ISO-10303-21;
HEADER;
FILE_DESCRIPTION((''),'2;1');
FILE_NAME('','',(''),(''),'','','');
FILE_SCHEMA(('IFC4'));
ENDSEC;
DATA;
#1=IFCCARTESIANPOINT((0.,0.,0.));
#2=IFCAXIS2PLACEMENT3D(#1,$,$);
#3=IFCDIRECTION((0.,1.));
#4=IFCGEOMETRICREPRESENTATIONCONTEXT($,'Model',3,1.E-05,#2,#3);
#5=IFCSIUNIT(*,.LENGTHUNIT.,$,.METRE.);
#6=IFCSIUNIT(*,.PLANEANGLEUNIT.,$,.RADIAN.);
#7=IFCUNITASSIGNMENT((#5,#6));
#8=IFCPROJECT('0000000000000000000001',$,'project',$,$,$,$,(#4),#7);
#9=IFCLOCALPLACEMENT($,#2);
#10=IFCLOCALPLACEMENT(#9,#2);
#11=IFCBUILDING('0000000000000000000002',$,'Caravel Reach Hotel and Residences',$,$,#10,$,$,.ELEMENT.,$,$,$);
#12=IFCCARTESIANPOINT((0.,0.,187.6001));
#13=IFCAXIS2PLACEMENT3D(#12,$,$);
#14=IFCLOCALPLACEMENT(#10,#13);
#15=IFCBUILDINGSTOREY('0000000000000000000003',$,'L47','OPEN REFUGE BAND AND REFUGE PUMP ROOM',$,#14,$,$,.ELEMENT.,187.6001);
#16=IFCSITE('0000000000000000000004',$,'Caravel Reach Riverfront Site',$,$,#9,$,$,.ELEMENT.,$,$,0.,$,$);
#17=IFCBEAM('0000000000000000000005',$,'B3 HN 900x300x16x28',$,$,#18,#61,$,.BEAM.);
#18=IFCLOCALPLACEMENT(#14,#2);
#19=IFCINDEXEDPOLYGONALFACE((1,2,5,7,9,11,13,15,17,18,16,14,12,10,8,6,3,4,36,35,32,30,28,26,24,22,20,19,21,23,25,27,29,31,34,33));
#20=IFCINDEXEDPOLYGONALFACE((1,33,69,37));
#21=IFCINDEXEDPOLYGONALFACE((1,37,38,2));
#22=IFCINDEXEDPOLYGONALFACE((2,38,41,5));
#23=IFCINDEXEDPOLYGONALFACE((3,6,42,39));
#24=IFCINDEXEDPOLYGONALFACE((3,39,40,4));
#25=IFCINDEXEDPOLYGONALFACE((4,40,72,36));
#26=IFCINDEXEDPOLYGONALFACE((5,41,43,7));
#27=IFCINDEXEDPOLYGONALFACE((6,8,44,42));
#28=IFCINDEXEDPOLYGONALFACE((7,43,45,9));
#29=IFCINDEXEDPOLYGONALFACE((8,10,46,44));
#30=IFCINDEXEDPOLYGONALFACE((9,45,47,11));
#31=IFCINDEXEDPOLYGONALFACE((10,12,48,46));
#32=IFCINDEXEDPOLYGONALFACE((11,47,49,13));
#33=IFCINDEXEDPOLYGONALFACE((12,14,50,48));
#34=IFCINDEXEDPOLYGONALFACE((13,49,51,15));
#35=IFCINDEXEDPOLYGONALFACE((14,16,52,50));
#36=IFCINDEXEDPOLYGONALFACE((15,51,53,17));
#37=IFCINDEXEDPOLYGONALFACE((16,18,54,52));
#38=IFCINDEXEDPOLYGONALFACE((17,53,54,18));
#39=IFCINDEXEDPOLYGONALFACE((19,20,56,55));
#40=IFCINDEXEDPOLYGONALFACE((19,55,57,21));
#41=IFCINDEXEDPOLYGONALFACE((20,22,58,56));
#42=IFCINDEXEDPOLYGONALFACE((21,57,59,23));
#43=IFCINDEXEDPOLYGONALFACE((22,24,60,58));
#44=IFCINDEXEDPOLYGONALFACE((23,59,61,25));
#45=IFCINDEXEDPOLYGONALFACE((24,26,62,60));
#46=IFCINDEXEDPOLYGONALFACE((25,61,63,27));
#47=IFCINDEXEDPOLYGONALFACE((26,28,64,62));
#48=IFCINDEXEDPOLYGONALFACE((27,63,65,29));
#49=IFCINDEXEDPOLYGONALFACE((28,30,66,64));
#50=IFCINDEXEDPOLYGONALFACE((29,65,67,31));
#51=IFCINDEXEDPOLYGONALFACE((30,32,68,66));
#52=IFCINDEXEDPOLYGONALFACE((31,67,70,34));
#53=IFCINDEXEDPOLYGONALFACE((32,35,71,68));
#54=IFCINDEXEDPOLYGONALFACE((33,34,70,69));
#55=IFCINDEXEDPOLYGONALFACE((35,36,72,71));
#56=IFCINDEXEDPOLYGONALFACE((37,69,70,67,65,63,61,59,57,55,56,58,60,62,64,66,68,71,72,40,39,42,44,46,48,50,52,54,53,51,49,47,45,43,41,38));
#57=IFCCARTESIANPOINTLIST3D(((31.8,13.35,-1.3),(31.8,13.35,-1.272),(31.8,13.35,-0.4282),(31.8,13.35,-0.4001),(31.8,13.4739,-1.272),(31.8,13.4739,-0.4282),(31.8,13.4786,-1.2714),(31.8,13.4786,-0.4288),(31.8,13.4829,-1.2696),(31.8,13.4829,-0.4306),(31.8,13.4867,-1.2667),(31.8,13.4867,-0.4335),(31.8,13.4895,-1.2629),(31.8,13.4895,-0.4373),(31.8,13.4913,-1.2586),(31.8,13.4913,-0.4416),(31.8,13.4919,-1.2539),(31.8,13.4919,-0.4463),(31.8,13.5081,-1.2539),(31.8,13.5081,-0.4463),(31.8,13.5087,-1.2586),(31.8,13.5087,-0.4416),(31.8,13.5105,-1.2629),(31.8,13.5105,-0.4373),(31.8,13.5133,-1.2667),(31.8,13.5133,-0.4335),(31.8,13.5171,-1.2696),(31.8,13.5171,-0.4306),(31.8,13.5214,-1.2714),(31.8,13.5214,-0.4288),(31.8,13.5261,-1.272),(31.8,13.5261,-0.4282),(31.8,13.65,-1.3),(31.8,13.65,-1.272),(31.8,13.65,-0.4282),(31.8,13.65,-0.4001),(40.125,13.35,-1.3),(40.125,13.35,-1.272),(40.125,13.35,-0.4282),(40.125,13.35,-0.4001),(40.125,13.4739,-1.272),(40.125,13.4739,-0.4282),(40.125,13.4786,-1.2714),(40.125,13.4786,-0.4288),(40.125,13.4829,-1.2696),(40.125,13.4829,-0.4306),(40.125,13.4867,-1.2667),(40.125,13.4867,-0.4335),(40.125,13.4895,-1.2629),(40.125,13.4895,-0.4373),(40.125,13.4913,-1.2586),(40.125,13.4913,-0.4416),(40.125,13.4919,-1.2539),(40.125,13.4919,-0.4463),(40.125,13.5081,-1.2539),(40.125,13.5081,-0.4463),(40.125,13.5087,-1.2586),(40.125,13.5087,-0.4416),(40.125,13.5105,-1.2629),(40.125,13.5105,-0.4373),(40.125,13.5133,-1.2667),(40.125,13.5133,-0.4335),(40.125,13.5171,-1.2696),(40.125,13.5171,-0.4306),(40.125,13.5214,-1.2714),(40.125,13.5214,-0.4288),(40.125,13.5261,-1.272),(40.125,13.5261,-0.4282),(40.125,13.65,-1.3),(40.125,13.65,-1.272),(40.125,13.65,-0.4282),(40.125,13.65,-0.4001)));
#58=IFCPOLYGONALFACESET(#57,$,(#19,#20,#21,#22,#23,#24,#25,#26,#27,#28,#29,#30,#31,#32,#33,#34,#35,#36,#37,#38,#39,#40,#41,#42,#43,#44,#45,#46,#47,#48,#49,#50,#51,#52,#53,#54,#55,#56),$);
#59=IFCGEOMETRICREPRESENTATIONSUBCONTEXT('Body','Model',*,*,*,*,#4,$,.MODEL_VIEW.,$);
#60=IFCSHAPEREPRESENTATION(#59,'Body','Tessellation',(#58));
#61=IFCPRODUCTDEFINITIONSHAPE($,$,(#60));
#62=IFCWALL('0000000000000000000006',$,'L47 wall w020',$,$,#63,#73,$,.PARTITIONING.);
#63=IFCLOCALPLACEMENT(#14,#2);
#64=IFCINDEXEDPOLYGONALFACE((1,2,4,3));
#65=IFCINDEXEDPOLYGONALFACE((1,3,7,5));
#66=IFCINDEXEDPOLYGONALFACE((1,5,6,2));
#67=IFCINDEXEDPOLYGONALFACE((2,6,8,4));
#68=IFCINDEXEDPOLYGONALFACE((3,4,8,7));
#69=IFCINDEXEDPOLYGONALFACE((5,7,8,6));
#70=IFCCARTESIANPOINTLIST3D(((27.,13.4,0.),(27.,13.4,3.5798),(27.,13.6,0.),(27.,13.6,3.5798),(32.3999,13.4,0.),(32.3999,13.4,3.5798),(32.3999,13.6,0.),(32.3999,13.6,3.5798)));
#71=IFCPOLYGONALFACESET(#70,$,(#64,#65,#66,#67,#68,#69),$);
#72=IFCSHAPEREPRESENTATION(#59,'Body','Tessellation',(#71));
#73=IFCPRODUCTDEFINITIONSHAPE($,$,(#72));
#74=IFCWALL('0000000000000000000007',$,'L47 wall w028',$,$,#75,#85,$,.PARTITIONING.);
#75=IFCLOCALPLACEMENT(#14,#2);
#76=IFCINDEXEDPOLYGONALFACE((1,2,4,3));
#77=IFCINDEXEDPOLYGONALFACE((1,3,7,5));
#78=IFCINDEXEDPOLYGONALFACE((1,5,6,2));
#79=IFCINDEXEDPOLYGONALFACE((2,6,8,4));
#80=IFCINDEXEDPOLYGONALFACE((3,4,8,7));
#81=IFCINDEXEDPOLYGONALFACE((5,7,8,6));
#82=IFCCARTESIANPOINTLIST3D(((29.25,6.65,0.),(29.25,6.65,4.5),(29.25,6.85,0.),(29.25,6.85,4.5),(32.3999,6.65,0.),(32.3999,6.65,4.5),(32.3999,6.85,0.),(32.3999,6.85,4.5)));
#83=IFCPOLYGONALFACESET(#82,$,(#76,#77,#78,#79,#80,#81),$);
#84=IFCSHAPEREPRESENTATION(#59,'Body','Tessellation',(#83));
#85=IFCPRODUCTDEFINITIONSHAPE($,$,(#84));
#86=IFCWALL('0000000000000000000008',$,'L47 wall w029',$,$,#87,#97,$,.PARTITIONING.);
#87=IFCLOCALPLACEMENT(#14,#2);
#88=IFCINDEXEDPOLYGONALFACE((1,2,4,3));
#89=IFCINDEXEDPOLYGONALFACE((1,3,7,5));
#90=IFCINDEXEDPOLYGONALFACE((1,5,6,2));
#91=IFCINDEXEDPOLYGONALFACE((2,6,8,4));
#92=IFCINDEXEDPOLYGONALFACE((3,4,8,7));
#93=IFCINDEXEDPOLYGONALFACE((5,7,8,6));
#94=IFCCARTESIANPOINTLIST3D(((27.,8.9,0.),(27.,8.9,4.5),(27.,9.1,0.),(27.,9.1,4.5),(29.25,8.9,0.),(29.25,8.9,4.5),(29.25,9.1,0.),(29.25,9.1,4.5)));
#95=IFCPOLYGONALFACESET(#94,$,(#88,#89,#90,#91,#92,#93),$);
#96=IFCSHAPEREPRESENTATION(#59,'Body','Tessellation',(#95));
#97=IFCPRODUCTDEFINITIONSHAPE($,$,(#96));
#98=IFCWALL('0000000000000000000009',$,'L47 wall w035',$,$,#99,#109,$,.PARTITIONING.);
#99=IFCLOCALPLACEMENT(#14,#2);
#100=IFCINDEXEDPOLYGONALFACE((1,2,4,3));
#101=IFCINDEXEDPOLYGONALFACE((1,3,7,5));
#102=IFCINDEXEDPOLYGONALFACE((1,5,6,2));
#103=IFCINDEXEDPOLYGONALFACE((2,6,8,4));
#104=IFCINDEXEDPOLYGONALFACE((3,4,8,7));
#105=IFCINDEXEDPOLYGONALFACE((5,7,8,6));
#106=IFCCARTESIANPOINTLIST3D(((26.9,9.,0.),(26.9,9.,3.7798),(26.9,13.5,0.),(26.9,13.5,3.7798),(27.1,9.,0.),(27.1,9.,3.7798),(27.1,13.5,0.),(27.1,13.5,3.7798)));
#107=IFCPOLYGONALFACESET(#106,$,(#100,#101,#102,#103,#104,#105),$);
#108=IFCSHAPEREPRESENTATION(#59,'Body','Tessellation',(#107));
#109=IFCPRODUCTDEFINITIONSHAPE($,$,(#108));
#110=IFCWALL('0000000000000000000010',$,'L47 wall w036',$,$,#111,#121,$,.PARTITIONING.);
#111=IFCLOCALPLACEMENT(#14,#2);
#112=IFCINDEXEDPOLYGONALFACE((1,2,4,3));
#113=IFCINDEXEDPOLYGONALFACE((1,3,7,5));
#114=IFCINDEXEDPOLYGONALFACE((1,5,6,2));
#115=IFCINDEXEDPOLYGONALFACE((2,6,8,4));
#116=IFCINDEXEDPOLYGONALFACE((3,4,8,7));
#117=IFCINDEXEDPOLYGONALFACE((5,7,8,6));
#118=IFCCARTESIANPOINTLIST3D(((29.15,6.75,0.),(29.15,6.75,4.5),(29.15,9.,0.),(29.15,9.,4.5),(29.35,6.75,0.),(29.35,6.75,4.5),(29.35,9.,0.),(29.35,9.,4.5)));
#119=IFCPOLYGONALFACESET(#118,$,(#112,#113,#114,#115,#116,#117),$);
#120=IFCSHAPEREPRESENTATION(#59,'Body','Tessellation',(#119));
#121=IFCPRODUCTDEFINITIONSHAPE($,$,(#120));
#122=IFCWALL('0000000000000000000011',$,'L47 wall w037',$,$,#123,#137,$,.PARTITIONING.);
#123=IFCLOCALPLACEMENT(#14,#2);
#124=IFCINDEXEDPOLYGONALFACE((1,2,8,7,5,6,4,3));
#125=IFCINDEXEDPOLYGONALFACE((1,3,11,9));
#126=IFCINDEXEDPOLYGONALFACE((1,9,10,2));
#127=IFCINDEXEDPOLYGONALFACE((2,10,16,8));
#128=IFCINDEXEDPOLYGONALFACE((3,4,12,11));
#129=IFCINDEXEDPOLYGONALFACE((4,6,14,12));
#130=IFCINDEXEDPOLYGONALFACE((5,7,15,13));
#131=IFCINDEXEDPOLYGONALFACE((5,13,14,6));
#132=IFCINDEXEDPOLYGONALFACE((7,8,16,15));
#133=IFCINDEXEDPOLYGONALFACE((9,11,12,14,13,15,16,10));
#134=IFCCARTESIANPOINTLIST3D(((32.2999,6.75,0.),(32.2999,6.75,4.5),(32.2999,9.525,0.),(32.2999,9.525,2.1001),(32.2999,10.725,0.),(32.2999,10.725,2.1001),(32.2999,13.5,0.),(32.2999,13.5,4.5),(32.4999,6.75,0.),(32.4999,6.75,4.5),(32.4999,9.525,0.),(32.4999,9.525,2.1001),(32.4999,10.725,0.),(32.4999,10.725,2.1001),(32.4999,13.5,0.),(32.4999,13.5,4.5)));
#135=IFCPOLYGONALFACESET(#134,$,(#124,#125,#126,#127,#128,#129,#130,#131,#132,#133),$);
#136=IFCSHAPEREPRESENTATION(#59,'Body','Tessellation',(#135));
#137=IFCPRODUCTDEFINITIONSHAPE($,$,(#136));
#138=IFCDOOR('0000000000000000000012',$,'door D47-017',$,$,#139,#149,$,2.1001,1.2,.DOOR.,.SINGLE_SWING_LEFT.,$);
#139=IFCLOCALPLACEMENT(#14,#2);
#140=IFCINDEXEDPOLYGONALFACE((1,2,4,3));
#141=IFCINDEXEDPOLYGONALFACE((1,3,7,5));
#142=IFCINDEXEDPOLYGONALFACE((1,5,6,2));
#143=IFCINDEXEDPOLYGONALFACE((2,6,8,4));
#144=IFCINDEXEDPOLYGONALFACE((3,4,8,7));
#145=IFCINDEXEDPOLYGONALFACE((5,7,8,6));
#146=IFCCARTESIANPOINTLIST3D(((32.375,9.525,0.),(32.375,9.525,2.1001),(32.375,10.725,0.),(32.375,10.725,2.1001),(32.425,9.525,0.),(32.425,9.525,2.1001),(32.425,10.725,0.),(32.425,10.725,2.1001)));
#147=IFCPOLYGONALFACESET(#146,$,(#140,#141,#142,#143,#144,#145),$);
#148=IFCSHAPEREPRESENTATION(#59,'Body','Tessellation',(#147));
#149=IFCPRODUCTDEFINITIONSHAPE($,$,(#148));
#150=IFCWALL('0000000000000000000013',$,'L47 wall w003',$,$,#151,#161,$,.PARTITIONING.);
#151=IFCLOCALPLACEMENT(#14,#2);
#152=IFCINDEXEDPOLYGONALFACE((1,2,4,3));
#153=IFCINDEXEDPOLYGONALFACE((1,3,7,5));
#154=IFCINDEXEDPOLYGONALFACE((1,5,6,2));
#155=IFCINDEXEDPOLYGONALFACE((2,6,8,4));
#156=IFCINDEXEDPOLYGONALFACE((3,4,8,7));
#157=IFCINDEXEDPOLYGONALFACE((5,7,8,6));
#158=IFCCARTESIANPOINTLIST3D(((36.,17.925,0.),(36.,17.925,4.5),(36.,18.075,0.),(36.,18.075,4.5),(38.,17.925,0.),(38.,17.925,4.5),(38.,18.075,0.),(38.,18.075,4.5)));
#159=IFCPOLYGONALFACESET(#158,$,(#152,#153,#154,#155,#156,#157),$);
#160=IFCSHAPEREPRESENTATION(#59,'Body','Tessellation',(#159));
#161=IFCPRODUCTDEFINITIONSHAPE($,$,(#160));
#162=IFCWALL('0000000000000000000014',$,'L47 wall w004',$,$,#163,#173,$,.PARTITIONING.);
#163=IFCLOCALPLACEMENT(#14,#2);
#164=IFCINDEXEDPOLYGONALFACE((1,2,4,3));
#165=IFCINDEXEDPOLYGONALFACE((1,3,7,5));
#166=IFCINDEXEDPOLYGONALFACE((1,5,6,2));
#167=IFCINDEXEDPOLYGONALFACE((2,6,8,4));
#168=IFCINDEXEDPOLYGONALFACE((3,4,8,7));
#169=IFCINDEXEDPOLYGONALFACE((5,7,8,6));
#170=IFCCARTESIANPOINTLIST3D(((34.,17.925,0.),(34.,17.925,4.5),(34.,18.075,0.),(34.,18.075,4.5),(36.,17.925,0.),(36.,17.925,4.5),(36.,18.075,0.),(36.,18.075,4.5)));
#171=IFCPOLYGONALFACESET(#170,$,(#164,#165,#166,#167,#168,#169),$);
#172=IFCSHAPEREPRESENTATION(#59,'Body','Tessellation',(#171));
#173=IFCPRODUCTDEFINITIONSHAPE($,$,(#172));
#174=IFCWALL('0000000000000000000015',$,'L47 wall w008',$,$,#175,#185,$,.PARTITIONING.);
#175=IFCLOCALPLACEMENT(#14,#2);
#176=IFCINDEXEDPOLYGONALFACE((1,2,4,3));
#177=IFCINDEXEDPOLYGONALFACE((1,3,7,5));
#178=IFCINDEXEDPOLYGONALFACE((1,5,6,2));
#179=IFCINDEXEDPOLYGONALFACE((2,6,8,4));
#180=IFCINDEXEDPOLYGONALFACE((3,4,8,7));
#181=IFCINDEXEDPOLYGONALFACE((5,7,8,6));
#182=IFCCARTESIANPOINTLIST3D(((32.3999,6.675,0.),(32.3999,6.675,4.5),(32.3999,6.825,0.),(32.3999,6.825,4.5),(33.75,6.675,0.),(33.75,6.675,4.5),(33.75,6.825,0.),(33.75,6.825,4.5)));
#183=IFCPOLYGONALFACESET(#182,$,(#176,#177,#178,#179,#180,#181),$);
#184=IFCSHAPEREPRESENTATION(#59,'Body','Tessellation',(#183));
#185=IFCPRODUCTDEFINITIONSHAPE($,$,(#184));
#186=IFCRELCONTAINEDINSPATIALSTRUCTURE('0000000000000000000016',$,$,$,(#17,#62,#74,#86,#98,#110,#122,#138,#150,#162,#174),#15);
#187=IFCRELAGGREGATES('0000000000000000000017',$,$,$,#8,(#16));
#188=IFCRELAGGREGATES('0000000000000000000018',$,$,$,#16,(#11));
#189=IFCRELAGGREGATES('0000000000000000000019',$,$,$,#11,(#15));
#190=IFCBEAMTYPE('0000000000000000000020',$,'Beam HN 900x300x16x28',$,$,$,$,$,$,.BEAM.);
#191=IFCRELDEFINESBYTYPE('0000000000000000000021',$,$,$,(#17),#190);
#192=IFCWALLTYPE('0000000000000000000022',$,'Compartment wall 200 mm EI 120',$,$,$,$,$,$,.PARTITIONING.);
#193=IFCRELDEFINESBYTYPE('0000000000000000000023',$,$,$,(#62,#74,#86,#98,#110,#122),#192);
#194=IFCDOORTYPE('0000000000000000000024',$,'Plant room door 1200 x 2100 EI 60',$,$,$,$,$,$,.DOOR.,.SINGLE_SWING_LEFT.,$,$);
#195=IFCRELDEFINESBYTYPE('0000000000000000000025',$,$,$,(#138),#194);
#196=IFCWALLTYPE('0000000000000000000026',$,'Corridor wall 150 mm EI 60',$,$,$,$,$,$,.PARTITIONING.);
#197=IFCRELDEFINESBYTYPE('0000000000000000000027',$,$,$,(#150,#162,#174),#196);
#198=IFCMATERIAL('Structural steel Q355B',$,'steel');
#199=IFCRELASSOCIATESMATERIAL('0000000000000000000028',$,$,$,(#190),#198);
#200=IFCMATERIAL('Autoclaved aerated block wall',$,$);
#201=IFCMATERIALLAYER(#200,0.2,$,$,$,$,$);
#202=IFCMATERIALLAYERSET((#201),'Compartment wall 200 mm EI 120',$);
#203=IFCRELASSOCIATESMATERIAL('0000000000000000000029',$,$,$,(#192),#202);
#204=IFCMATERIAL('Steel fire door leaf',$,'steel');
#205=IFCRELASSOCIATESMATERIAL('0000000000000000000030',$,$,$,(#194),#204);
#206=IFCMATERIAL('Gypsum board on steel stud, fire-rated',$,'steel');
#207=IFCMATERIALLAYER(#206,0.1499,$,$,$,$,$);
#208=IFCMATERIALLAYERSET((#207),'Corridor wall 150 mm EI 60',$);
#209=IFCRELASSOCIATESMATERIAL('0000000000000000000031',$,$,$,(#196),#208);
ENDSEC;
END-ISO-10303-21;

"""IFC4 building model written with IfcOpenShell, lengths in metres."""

from ifc_helpers import new_model, si_unit, direction, frame, frame_2d, origin, origin_2d, place, context, subcontext, project, spatial, rectangle, i_section, extrude, material, layer, layer_set, material_profile, profile_set, type_object, element, fill, save


model = new_model("IFC4")

# Units and contexts
model_context = context("Model", 3, precision=1e-05, world=origin(), true_north=direction((0.0, 1.0)))
body_context = subcontext(model_context, "Body", "Model", "MODEL_VIEW")
ifc_project = project(units=[si_unit("LENGTHUNIT", "METRE"), si_unit("PLANEANGLEUNIT", "RADIAN")], contexts=[model_context])

# Site, building, storey
site_placement = place(None, origin())
site = spatial("IfcSite", under=ifc_project, at=site_placement, Name="Caravel Reach Riverfront Site", CompositionType="ELEMENT", RefElevation=0.0)
building_placement = place(site_placement, origin())
building = spatial("IfcBuilding", under=site, at=building_placement, Name="Caravel Reach Hotel and Residences", CompositionType="ELEMENT")
storey_placement = place(building_placement, frame((0.0, 0.0, 187.6001)))
storey = spatial("IfcBuildingStorey", under=building, at=storey_placement, Name="L47", Description="OPEN REFUGE BAND AND REFUGE PUMP ROOM", CompositionType="ELEMENT", Elevation=187.6001)

# Beam
ifc_material_1 = material(Name="Structural steel Q355B", Category="steel")
ifc_material_profile_1 = material_profile(ifc_material_1, i_section(OverallWidth=0.3, OverallDepth=0.8999, WebThickness=0.0161, FlangeThickness=0.0281, FilletRadius=0.0181, at=origin_2d()), Name="HN 900x300x16x28")
ifc_profile_set_1 = profile_set([ifc_material_profile_1], Name="Structural steel Q355B")
beam_type_1 = type_object("IfcBeamType", Name="Beam HN 900x300x16x28", PredefinedType="BEAM", material=ifc_profile_set_1)
beam_1_placement = place(storey_placement, frame((31.8, 13.5, -0.8501), z_axis=(1.0, 0.0, 0.0), x_axis=(0.0, 1.0, 0.0)))
element("IfcBeam", 1, at=beam_1_placement, inside=storey, type_object=beam_type_1, Name="B3 HN 900x300x16x28", PredefinedType="BEAM", context=body_context, shape_type="SweptSolid", body=[
    extrude(i_section(OverallWidth=0.3, OverallDepth=0.8999, WebThickness=0.0161, FlangeThickness=0.0281, FilletRadius=0.0181, at=origin_2d()), origin(), (0.0, 0.0, 1.0), 8.325),
])

# Walls
ifc_material_2 = material(Name="Autoclaved aerated block wall")
ifc_layer_1 = layer(ifc_material_2, 0.2)
ifc_layer_set_1 = layer_set([ifc_layer_1], Name="Compartment wall 200 mm EI 120")
wall_type_1 = type_object("IfcWallType", Name="Compartment wall 200 mm EI 120", PredefinedType="PARTITIONING", material=ifc_layer_set_1)
wall_1_placement = place(storey_placement, frame((27.0, 13.5, 0.0), z_axis=(0.0, 0.0, 1.0), x_axis=(1.0, 0.0, 0.0)))
element("IfcWall", 2, at=wall_1_placement, inside=storey, type_object=wall_type_1, Name="L47 wall w020", PredefinedType="PARTITIONING", context=body_context, shape_type="SweptSolid", body=[
    extrude(rectangle(XDim=5.3999, YDim=0.2, at=frame_2d((2.7, 0.0))), origin(), (0.0, 0.0, 1.0), 3.5798),
])
wall_2_placement = place(storey_placement, frame((29.25, 6.75, 0.0), z_axis=(0.0, 0.0, 1.0), x_axis=(1.0, 0.0, 0.0)))
element("IfcWall", 3, at=wall_2_placement, inside=storey, type_object=wall_type_1, Name="L47 wall w028", PredefinedType="PARTITIONING", context=body_context, shape_type="SweptSolid", body=[
    extrude(rectangle(XDim=3.1499, YDim=0.2, at=frame_2d((1.575, 0.0))), origin(), (0.0, 0.0, 1.0), 4.5),
])
wall_3_placement = place(storey_placement, frame((27.0, 9.0, 0.0), z_axis=(0.0, 0.0, 1.0), x_axis=(1.0, 0.0, 0.0)))
element("IfcWall", 4, at=wall_3_placement, inside=storey, type_object=wall_type_1, Name="L47 wall w029", PredefinedType="PARTITIONING", context=body_context, shape_type="SweptSolid", body=[
    extrude(rectangle(XDim=2.25, YDim=0.2, at=frame_2d((1.125, 0.0))), origin(), (0.0, 0.0, 1.0), 4.5),
])
wall_4_placement = place(storey_placement, frame((27.0, 9.0, 0.0), z_axis=(0.0, 0.0, 1.0), x_axis=(0.0, 1.0, 0.0)))
element("IfcWall", 5, at=wall_4_placement, inside=storey, type_object=wall_type_1, Name="L47 wall w035", PredefinedType="PARTITIONING", context=body_context, shape_type="SweptSolid", body=[
    extrude(rectangle(XDim=4.5, YDim=0.2, at=frame_2d((2.25, 0.0))), origin(), (0.0, 0.0, 1.0), 3.7798),
])
wall_5_placement = place(storey_placement, frame((29.25, 6.75, 0.0), z_axis=(0.0, 0.0, 1.0), x_axis=(0.0, 1.0, 0.0)))
element("IfcWall", 6, at=wall_5_placement, inside=storey, type_object=wall_type_1, Name="L47 wall w036", PredefinedType="PARTITIONING", context=body_context, shape_type="SweptSolid", body=[
    extrude(rectangle(XDim=2.25, YDim=0.2, at=frame_2d((1.125, 0.0))), origin(), (0.0, 0.0, 1.0), 4.5),
])

# Wall, opening, door
wall_6_placement = place(storey_placement, frame((32.3999, 6.75, 0.0), z_axis=(0.0, 0.0, 1.0), x_axis=(0.0, 1.0, 0.0)))
wall_6 = element("IfcWall", 7, at=wall_6_placement, inside=storey, type_object=wall_type_1, Name="L47 wall w037", PredefinedType="PARTITIONING", context=body_context, shape_type="SweptSolid", body=[
    extrude(rectangle(XDim=6.75, YDim=0.2, at=frame_2d((3.375, 0.0))), origin(), (0.0, 0.0, 1.0), 4.5),
])
opening_1_placement = place(wall_6_placement, frame((2.7749, 0.0, 0.0)))
opening_1 = element("IfcOpeningElement", 8, at=opening_1_placement, cuts=wall_6, PredefinedType="OPENING", context=body_context, shape_type="SweptSolid", body=[
    extrude(rectangle(XDim=1.2, YDim=2.1001, at=frame_2d((0.6001, 1.05))), frame((0.0, 0.1099, 0.0), z_axis=(0.0, -1.0, 0.0), x_axis=(1.0, 0.0, 0.0)), (0.0, 0.0, 1.0), 0.22),
])
ifc_material_3 = material(Name="Steel fire door leaf", Category="steel")
door_type_1 = type_object("IfcDoorType", Name="Plant room door 1200 x 2100 EI 60", OperationType="SINGLE_SWING_LEFT", PredefinedType="DOOR", material=ifc_material_3)
door_1_placement = place(opening_1_placement, origin())
door_1 = element("IfcDoor", 9, at=door_1_placement, inside=storey, type_object=door_type_1, Name="door D47-017", OperationType="SINGLE_SWING_LEFT", OverallHeight=2.1001, OverallWidth=1.2, PredefinedType="DOOR", context=body_context, shape_type="SweptSolid", body=[
    extrude(rectangle(XDim=1.2, YDim=2.1001, at=frame_2d((0.6001, 1.05))), frame((0.0, 0.0249, 0.0), z_axis=(0.0, -1.0, 0.0), x_axis=(1.0, 0.0, 0.0)), (0.0, 0.0, 1.0), 0.05),
])
fill(opening_1, door_1)

# Walls
ifc_material_4 = material(Name="Gypsum board on steel stud, fire-rated", Category="steel")
ifc_layer_2 = layer(ifc_material_4, 0.1499)
ifc_layer_set_2 = layer_set([ifc_layer_2], Name="Corridor wall 150 mm EI 60")
wall_type_2 = type_object("IfcWallType", Name="Corridor wall 150 mm EI 60", PredefinedType="PARTITIONING", material=ifc_layer_set_2)
for number, where, z_axis, x_axis, name in (
    (10, (36.0, 18.0, 0.0), (0.0, 0.0, 1.0), (1.0, 0.0, 0.0), "L47 wall w003"),
    (11, (34.0, 18.0, 0.0), (0.0, 0.0, 1.0), (1.0, 0.0, 0.0), "L47 wall w004"),
):
    element("IfcWall", number, at=place(storey_placement, frame(where, z_axis=z_axis, x_axis=x_axis)), inside=storey, type_object=wall_type_2, Name=name, PredefinedType="PARTITIONING", context=body_context, shape_type="SweptSolid", body=[
        extrude(rectangle(XDim=2.0, YDim=0.1499, at=frame_2d((1.0, 0.0))), origin(), (0.0, 0.0, 1.0), 4.5),
    ])
wall_7_placement = place(storey_placement, frame((32.3999, 6.75, 0.0), z_axis=(0.0, 0.0, 1.0), x_axis=(1.0, 0.0, 0.0)))
element("IfcWall", 12, at=wall_7_placement, inside=storey, type_object=wall_type_2, Name="L47 wall w008", PredefinedType="PARTITIONING", context=body_context, shape_type="SweptSolid", body=[
    extrude(rectangle(XDim=1.3501, YDim=0.1499, at=frame_2d((0.675, 0.0))), origin(), (0.0, 0.0, 1.0), 4.5),
])

save(model, "model.ifc")
